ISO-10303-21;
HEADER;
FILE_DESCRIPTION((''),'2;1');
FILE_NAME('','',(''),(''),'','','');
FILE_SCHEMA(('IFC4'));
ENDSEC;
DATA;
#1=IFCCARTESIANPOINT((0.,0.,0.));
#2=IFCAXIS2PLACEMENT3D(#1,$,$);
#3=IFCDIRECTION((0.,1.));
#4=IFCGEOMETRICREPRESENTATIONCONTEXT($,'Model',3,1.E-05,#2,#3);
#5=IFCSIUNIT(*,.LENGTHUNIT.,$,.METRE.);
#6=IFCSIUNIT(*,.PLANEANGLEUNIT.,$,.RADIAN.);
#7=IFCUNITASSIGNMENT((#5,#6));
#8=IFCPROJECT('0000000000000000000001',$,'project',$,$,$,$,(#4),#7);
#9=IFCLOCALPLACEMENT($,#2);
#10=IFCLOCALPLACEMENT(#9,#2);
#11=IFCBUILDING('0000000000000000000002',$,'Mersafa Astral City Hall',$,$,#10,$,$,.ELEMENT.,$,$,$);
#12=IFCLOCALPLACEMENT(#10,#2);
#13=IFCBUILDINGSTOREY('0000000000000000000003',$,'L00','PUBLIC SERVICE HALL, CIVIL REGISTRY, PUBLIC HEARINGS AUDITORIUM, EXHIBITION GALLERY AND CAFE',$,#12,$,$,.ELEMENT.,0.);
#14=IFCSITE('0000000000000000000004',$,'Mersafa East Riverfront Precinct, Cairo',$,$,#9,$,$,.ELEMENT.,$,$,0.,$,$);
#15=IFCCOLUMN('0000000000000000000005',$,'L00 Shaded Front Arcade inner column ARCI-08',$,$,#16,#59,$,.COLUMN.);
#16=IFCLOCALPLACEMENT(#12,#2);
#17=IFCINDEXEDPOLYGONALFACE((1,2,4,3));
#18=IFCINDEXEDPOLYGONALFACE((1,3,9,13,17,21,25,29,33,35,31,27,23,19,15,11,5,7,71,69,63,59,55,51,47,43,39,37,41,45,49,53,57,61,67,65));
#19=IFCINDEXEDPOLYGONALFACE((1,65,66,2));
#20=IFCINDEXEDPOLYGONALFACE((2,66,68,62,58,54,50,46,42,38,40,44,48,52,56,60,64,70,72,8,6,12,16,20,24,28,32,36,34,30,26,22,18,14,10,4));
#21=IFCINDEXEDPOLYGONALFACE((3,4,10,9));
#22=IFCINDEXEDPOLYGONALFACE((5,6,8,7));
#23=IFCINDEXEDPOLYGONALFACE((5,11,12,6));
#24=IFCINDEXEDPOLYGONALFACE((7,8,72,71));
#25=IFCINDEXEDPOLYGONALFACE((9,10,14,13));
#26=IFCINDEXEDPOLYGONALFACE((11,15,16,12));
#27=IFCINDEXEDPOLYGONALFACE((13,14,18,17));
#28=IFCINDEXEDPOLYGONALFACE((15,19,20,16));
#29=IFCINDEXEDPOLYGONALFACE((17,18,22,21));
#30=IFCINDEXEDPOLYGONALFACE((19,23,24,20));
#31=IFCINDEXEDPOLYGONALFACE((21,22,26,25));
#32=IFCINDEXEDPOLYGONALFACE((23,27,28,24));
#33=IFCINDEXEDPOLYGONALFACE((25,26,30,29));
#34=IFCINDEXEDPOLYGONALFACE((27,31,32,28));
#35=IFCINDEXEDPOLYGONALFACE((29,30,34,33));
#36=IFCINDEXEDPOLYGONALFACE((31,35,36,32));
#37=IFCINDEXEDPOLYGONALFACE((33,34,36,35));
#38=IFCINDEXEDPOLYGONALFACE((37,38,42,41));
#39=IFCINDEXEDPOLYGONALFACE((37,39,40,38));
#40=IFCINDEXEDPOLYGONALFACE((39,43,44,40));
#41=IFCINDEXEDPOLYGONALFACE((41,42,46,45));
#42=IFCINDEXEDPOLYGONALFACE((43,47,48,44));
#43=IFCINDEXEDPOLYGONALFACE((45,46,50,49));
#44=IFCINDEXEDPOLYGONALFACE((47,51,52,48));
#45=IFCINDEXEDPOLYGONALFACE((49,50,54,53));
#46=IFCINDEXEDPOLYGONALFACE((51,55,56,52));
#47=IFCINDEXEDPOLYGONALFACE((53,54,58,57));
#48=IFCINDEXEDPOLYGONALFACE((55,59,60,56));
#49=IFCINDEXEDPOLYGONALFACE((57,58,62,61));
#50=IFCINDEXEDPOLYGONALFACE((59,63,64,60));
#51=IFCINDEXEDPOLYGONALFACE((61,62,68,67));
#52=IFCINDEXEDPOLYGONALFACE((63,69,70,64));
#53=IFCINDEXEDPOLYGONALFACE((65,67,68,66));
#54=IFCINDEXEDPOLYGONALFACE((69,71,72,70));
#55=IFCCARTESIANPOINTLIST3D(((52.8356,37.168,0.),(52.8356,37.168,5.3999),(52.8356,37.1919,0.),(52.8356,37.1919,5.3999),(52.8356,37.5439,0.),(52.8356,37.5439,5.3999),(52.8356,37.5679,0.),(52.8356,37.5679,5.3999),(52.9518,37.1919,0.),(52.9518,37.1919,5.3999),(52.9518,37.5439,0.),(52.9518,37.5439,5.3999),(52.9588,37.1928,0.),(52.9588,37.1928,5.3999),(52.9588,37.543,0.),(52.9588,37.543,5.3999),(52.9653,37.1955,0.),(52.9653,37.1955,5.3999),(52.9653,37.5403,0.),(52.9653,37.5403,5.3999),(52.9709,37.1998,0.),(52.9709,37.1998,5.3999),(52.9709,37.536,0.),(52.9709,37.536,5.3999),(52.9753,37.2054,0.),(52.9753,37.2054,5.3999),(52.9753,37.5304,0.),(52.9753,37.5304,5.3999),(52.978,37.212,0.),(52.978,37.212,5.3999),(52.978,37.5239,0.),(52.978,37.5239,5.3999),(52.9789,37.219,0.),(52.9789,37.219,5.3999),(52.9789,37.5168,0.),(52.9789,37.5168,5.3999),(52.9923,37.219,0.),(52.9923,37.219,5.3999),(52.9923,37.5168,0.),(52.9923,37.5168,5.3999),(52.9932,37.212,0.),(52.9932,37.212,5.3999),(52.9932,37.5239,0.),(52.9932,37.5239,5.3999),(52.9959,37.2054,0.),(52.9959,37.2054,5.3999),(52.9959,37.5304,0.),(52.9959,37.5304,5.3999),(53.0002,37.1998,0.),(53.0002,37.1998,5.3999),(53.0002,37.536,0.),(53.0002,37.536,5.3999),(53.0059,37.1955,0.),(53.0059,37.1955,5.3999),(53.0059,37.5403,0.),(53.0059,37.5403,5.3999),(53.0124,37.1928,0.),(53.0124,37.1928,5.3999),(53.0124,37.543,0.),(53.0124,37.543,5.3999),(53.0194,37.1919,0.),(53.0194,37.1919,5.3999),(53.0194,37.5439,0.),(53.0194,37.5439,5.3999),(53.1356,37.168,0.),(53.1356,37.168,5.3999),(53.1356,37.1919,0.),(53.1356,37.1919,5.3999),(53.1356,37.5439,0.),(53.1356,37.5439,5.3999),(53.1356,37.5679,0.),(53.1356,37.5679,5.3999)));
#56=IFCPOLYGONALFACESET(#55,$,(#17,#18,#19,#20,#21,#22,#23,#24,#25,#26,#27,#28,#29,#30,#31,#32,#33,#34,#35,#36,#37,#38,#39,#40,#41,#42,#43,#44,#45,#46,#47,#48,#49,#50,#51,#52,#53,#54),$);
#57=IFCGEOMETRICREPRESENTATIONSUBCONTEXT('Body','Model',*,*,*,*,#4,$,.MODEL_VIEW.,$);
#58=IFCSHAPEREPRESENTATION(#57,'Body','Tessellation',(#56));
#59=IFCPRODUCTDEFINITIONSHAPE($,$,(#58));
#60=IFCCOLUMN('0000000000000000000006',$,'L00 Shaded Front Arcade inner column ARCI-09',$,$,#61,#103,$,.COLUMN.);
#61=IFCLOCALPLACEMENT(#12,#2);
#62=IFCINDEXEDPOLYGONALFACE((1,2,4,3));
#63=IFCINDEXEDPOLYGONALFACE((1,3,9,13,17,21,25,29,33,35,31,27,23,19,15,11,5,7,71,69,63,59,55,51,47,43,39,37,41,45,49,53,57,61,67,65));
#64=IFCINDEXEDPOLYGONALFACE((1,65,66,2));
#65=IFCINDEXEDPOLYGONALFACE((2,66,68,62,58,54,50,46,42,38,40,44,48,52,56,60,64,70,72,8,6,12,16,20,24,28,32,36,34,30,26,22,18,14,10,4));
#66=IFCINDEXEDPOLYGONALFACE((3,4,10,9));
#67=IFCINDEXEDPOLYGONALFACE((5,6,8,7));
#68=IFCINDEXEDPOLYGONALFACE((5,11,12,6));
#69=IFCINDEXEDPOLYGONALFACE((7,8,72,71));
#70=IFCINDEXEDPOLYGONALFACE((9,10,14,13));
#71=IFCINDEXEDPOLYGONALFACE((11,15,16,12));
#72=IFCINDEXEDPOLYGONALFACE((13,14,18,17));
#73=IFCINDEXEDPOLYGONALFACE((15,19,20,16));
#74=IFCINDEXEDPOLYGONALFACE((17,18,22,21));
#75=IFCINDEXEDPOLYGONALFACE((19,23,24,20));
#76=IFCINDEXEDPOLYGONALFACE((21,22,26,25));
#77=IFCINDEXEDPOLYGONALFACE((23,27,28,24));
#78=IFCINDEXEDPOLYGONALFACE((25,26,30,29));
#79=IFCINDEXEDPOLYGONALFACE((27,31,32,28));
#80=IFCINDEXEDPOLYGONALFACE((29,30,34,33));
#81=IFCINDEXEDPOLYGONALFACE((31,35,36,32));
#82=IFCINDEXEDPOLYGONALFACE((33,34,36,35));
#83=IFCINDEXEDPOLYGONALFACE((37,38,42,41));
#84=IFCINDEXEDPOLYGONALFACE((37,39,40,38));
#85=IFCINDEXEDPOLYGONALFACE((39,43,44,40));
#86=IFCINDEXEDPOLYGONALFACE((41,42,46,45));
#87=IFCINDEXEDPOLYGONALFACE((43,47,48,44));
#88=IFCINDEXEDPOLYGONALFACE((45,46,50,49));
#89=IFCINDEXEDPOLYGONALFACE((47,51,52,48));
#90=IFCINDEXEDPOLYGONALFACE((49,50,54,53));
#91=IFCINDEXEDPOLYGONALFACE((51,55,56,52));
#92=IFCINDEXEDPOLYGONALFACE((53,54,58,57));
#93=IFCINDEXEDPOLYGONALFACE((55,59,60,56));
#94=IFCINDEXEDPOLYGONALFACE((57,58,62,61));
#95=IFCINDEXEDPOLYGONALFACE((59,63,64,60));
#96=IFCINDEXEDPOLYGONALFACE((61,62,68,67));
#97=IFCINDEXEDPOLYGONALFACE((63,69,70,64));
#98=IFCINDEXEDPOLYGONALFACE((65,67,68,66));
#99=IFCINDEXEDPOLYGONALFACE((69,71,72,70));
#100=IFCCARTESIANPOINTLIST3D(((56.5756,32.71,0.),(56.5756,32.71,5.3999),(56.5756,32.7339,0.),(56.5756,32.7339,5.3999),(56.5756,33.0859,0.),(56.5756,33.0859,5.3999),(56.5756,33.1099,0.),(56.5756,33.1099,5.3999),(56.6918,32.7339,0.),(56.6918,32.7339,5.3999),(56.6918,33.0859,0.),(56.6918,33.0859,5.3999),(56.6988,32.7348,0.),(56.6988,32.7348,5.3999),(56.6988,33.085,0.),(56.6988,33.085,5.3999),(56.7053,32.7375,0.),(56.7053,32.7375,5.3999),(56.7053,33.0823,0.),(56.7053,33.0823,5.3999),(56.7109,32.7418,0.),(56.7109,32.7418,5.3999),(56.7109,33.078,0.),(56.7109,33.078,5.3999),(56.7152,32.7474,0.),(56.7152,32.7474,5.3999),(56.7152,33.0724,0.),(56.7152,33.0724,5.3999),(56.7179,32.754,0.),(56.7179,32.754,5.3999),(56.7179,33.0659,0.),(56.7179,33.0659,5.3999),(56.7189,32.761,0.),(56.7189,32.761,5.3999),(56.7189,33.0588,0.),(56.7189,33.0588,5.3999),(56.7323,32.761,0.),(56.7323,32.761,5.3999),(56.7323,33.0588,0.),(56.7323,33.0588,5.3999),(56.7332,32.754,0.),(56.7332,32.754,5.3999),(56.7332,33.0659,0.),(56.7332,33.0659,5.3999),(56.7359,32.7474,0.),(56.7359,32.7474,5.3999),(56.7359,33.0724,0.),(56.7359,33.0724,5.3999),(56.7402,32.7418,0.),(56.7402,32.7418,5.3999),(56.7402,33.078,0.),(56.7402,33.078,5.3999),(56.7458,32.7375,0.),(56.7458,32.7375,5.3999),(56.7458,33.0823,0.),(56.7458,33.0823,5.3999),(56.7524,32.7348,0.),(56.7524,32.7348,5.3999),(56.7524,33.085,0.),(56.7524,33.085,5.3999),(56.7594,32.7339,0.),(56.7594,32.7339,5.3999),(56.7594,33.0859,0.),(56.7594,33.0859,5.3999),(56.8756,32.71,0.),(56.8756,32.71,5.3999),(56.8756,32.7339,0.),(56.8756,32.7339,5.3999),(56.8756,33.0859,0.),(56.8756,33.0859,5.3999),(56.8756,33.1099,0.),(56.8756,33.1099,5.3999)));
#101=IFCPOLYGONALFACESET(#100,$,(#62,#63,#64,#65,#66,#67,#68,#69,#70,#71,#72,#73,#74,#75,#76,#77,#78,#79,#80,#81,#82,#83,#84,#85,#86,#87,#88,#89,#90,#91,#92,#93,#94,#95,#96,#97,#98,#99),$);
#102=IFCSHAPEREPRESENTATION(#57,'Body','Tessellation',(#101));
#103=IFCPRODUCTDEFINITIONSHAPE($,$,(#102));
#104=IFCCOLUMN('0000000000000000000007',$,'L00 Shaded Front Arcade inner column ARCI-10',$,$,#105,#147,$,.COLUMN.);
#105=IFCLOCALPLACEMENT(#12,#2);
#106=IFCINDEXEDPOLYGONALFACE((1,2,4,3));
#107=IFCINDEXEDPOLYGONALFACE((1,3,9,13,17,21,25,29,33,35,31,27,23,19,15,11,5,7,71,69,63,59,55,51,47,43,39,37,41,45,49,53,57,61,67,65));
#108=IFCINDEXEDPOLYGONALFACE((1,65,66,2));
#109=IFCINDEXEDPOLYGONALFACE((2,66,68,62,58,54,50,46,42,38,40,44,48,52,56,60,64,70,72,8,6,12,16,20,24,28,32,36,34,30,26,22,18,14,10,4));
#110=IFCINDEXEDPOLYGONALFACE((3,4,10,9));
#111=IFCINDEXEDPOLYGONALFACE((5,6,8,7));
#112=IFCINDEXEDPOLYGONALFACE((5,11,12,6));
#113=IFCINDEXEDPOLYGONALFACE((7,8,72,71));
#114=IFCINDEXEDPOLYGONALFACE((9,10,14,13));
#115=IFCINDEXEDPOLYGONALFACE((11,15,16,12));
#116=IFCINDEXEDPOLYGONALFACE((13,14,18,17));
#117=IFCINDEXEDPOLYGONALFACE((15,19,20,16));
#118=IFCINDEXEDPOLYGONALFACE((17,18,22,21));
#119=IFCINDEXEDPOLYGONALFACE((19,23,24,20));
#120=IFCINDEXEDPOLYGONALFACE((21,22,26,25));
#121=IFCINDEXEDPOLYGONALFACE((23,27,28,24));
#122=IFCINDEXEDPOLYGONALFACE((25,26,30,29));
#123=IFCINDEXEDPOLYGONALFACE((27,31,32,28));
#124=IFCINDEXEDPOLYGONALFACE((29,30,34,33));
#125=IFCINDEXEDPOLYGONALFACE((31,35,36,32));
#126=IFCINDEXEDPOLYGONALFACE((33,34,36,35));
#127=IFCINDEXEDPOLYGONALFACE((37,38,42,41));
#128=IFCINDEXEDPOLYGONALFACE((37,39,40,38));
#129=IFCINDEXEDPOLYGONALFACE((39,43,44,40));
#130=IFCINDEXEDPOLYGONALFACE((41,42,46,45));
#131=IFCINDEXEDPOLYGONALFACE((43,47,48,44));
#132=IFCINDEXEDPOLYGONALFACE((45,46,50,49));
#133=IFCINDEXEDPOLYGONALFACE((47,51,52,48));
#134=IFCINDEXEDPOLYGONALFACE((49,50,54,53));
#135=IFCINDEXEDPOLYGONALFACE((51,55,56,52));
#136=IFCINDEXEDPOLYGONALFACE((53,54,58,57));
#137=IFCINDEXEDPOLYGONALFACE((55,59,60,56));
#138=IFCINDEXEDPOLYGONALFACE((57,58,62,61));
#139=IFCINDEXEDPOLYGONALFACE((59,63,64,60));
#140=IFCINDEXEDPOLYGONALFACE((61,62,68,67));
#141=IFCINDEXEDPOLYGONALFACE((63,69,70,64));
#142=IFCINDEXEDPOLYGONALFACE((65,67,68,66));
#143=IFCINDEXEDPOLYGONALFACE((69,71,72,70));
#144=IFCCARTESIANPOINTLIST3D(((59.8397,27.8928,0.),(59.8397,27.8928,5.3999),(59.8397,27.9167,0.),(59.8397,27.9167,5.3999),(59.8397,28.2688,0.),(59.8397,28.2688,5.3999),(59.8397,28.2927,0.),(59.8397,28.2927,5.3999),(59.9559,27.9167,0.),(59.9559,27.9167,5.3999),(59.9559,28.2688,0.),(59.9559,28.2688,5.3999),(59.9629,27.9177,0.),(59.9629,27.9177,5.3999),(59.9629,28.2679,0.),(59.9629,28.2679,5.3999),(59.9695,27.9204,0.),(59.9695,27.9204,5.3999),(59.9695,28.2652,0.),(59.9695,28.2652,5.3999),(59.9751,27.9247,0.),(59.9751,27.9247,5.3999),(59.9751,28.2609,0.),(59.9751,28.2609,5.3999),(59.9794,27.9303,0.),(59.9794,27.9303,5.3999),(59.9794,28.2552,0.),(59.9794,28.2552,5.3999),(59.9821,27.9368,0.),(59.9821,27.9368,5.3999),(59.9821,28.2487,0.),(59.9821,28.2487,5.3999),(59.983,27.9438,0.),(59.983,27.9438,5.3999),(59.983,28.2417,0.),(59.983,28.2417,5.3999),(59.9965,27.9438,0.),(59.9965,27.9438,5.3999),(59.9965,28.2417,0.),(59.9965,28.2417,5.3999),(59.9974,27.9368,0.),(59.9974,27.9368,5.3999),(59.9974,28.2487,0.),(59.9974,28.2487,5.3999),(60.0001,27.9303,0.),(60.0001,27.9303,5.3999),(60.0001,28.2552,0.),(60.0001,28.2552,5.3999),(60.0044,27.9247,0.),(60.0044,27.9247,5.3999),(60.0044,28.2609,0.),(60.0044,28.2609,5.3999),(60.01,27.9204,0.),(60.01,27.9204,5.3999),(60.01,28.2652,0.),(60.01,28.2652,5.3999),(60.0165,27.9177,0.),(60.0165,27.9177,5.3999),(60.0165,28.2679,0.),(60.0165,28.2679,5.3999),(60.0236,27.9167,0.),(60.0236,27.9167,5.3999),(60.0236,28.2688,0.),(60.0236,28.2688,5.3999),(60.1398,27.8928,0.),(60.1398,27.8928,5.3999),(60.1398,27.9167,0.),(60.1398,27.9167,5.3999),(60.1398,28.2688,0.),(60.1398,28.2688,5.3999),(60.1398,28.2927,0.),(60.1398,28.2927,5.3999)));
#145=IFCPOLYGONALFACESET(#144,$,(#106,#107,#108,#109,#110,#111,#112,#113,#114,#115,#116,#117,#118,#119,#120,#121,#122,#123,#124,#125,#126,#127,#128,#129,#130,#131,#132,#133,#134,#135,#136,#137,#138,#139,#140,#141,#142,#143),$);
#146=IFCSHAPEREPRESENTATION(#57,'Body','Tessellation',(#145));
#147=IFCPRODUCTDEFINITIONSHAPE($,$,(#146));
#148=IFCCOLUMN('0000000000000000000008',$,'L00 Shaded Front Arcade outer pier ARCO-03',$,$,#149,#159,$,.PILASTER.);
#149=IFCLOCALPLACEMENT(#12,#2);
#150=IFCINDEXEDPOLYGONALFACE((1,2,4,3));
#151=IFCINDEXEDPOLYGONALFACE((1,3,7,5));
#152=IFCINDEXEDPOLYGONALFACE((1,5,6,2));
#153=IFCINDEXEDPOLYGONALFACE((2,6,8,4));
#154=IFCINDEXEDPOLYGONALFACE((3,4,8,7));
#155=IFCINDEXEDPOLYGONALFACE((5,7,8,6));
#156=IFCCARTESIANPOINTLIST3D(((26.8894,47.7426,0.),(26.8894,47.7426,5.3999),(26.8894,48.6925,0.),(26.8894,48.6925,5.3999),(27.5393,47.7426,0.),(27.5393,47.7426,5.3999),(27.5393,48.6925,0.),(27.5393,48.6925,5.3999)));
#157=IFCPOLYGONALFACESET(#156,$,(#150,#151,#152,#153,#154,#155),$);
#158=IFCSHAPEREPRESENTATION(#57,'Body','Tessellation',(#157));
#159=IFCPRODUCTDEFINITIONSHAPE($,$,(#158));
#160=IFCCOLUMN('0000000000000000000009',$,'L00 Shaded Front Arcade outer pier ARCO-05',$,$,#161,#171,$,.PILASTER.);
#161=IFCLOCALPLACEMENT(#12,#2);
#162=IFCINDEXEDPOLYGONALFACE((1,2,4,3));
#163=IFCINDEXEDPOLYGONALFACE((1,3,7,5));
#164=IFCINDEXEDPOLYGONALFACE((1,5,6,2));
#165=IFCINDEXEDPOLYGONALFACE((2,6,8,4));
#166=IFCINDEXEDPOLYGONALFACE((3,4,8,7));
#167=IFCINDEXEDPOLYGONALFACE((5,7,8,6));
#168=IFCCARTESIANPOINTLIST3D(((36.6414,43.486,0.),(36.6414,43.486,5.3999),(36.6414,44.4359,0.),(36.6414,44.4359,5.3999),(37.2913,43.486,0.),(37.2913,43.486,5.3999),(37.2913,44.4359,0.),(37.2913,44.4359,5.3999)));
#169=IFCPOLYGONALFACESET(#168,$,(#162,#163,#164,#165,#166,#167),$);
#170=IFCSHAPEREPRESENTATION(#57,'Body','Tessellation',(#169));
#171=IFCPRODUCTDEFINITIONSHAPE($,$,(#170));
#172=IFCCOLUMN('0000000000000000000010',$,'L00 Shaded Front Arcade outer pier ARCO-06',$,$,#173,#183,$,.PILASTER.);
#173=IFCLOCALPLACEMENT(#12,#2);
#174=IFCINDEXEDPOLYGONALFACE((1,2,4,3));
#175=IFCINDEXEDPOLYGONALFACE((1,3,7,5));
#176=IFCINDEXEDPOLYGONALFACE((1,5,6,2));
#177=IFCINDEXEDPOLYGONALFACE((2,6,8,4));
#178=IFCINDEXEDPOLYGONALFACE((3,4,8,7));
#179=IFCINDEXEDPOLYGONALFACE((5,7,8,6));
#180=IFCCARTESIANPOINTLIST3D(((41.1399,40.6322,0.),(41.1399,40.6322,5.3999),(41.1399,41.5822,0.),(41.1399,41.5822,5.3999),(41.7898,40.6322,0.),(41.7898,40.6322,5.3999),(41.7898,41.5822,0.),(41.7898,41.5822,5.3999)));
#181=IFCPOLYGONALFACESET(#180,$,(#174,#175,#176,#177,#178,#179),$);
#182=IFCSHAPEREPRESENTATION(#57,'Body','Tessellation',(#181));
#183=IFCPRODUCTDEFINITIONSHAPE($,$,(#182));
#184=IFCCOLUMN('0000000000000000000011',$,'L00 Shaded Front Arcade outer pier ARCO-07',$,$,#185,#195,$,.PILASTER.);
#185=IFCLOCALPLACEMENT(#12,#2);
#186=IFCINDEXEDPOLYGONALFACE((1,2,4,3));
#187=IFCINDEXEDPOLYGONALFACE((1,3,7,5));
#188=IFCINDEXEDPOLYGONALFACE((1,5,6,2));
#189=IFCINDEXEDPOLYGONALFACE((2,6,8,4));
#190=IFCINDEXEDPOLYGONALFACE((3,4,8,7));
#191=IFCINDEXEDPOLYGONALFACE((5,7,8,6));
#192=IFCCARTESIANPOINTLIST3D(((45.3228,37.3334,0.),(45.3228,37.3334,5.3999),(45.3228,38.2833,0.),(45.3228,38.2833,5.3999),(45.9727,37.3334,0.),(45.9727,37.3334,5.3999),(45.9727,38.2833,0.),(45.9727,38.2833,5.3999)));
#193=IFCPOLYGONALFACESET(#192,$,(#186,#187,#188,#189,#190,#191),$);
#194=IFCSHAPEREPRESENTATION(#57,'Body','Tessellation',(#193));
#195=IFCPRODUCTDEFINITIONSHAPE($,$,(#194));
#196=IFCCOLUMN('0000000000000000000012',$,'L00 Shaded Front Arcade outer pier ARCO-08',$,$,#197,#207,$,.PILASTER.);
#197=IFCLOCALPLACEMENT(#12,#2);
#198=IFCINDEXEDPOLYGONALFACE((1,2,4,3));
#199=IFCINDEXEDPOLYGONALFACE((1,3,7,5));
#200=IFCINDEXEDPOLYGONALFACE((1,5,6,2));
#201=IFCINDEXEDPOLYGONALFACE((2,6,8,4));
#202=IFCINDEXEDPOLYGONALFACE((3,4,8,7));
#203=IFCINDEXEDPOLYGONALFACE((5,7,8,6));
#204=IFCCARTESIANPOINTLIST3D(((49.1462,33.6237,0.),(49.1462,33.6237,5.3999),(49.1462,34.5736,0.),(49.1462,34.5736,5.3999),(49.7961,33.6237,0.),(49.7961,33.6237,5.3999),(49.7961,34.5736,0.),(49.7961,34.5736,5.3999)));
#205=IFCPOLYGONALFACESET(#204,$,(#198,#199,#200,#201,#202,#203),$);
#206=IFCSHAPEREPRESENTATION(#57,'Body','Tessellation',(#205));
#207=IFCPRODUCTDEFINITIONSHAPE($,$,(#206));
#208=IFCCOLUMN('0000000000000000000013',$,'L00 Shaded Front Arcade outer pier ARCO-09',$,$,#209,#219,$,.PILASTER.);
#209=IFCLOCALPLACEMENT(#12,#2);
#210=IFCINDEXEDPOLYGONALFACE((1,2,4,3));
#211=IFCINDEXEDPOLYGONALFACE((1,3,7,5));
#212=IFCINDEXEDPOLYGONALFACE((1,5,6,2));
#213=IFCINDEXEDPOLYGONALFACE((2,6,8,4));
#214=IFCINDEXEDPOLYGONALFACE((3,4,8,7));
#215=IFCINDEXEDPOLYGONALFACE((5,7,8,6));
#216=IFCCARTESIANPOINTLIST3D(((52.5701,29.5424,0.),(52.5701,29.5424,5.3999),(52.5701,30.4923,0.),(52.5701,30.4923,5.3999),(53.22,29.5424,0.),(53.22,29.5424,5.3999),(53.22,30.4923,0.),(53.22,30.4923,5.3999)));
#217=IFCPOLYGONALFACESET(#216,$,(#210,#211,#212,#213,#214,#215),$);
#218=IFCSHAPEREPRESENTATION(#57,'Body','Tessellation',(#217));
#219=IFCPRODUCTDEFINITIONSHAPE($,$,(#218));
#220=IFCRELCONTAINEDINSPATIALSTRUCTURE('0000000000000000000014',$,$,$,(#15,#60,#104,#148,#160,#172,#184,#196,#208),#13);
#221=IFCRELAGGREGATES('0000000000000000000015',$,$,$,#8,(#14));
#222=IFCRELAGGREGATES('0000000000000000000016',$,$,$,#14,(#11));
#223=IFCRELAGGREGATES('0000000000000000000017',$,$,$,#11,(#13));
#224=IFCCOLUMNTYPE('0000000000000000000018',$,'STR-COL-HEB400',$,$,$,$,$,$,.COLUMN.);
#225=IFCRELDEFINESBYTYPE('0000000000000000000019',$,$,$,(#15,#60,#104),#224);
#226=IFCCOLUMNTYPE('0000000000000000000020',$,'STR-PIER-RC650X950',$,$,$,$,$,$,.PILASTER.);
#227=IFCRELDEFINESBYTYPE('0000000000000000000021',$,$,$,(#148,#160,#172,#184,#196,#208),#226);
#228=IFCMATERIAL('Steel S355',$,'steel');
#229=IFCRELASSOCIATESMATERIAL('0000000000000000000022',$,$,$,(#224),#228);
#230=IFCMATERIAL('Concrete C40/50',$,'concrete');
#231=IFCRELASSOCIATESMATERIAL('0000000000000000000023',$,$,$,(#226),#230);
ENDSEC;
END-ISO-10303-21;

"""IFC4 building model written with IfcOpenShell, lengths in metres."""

from ifc_helpers import new_model, si_unit, direction, frame, origin, origin_2d, place, context, subcontext, project, spatial, rectangle, i_section, extrude, material, material_profile, profile_set, type_object, element, save


model = new_model("IFC4")

# Units and contexts
model_context = context("Model", 3, precision=1e-05, world=origin(), true_north=direction((0.0, 1.0)))
body_context = subcontext(model_context, "Body", "Model", "MODEL_VIEW")
ifc_project = project(units=[si_unit("LENGTHUNIT", "METRE"), si_unit("PLANEANGLEUNIT", "RADIAN")], contexts=[model_context])

# Site, building, storey
site_placement = place(None, origin())
site = spatial("IfcSite", under=ifc_project, at=site_placement, Name="Mersafa East Riverfront Precinct, Cairo", CompositionType="ELEMENT", RefElevation=0.0)
building_placement = place(site_placement, origin())
building = spatial("IfcBuilding", under=site, at=building_placement, Name="Mersafa Astral City Hall", CompositionType="ELEMENT")
storey_placement = place(building_placement, origin())
storey = spatial("IfcBuildingStorey", under=building, at=storey_placement, Name="L00", Description="PUBLIC SERVICE HALL, CIVIL REGISTRY, PUBLIC HEARINGS AUDITORIUM, EXHIBITION GALLERY AND CAFE", CompositionType="ELEMENT", Elevation=0.0)

# Columns
ifc_material_1 = material(Name="Steel S355", Category="steel")
ifc_material_profile_1 = material_profile(ifc_material_1, i_section(OverallWidth=0.3, OverallDepth=0.3999, WebThickness=0.0134, FlangeThickness=0.0239, FilletRadius=0.0271, at=origin_2d()), Name="HEB 400")
ifc_profile_set_1 = profile_set([ifc_material_profile_1], Name="Steel S355")
column_type_1 = type_object("IfcColumnType", Name="STR-COL-HEB400", PredefinedType="COLUMN", material=ifc_profile_set_1)
for number, where, z_axis, x_axis, name in (
    (1, (52.9856, 37.3679, 0.0), (0.0, 0.0, 1.0), (1.0, 0.0, 0.0), "L00 Shaded Front Arcade inner column ARCI-08"),
    (2, (56.7256, 32.9099, 0.0), (0.0, 0.0, 1.0), (1.0, 0.0, 0.0), "L00 Shaded Front Arcade inner column ARCI-09"),
    (3, (59.9897, 28.0928, 0.0), (0.0, 0.0, 1.0), (1.0, 0.0, 0.0), "L00 Shaded Front Arcade inner column ARCI-10"),
):
    element("IfcColumn", number, at=place(storey_placement, frame(where, z_axis=z_axis, x_axis=x_axis)), inside=storey, type_object=column_type_1, Name=name, PredefinedType="COLUMN", context=body_context, shape_type="SweptSolid", body=[
        extrude(i_section(OverallWidth=0.3, OverallDepth=0.3999, WebThickness=0.0134, FlangeThickness=0.0239, FilletRadius=0.0271, at=origin_2d()), origin(), (0.0, 0.0, 1.0), 5.3999),
    ])
ifc_material_2 = material(Name="Concrete C40/50", Category="concrete")
ifc_material_profile_2 = material_profile(ifc_material_2, rectangle(XDim=0.6499, YDim=0.95, at=origin_2d()), Name="RC 650x950")
ifc_profile_set_2 = profile_set([ifc_material_profile_2], Name="Concrete C40/50")
column_type_2 = type_object("IfcColumnType", Name="STR-PIER-RC650X950", PredefinedType="PILASTER", material=ifc_profile_set_2)
for number, where, z_axis, x_axis, name in (
    (4, (27.2144, 48.2175, 0.0), (0.0, 0.0, 1.0), (1.0, 0.0, 0.0), "L00 Shaded Front Arcade outer pier ARCO-03"),
    (5, (36.9663, 43.9609, 0.0), (0.0, 0.0, 1.0), (1.0, 0.0, 0.0), "L00 Shaded Front Arcade outer pier ARCO-05"),
    (6, (41.4648, 41.1072, 0.0), (0.0, 0.0, 1.0), (1.0, 0.0, 0.0), "L00 Shaded Front Arcade outer pier ARCO-06"),
    (7, (45.6477, 37.8083, 0.0), (0.0, 0.0, 1.0), (1.0, 0.0, 0.0), "L00 Shaded Front Arcade outer pier ARCO-07"),
    (8, (49.4712, 34.0986, 0.0), (0.0, 0.0, 1.0), (1.0, 0.0, 0.0), "L00 Shaded Front Arcade outer pier ARCO-08"),
    (9, (52.895, 30.0173, 0.0), (0.0, 0.0, 1.0), (1.0, 0.0, 0.0), "L00 Shaded Front Arcade outer pier ARCO-09"),
):
    element("IfcColumn", number, at=place(storey_placement, frame(where, z_axis=z_axis, x_axis=x_axis)), inside=storey, type_object=column_type_2, Name=name, PredefinedType="PILASTER", context=body_context, shape_type="SweptSolid", body=[
        extrude(rectangle(XDim=0.6499, YDim=0.95, at=origin_2d()), origin(), (0.0, 0.0, 1.0), 5.3999),
    ])

save(model, "model.ifc")
